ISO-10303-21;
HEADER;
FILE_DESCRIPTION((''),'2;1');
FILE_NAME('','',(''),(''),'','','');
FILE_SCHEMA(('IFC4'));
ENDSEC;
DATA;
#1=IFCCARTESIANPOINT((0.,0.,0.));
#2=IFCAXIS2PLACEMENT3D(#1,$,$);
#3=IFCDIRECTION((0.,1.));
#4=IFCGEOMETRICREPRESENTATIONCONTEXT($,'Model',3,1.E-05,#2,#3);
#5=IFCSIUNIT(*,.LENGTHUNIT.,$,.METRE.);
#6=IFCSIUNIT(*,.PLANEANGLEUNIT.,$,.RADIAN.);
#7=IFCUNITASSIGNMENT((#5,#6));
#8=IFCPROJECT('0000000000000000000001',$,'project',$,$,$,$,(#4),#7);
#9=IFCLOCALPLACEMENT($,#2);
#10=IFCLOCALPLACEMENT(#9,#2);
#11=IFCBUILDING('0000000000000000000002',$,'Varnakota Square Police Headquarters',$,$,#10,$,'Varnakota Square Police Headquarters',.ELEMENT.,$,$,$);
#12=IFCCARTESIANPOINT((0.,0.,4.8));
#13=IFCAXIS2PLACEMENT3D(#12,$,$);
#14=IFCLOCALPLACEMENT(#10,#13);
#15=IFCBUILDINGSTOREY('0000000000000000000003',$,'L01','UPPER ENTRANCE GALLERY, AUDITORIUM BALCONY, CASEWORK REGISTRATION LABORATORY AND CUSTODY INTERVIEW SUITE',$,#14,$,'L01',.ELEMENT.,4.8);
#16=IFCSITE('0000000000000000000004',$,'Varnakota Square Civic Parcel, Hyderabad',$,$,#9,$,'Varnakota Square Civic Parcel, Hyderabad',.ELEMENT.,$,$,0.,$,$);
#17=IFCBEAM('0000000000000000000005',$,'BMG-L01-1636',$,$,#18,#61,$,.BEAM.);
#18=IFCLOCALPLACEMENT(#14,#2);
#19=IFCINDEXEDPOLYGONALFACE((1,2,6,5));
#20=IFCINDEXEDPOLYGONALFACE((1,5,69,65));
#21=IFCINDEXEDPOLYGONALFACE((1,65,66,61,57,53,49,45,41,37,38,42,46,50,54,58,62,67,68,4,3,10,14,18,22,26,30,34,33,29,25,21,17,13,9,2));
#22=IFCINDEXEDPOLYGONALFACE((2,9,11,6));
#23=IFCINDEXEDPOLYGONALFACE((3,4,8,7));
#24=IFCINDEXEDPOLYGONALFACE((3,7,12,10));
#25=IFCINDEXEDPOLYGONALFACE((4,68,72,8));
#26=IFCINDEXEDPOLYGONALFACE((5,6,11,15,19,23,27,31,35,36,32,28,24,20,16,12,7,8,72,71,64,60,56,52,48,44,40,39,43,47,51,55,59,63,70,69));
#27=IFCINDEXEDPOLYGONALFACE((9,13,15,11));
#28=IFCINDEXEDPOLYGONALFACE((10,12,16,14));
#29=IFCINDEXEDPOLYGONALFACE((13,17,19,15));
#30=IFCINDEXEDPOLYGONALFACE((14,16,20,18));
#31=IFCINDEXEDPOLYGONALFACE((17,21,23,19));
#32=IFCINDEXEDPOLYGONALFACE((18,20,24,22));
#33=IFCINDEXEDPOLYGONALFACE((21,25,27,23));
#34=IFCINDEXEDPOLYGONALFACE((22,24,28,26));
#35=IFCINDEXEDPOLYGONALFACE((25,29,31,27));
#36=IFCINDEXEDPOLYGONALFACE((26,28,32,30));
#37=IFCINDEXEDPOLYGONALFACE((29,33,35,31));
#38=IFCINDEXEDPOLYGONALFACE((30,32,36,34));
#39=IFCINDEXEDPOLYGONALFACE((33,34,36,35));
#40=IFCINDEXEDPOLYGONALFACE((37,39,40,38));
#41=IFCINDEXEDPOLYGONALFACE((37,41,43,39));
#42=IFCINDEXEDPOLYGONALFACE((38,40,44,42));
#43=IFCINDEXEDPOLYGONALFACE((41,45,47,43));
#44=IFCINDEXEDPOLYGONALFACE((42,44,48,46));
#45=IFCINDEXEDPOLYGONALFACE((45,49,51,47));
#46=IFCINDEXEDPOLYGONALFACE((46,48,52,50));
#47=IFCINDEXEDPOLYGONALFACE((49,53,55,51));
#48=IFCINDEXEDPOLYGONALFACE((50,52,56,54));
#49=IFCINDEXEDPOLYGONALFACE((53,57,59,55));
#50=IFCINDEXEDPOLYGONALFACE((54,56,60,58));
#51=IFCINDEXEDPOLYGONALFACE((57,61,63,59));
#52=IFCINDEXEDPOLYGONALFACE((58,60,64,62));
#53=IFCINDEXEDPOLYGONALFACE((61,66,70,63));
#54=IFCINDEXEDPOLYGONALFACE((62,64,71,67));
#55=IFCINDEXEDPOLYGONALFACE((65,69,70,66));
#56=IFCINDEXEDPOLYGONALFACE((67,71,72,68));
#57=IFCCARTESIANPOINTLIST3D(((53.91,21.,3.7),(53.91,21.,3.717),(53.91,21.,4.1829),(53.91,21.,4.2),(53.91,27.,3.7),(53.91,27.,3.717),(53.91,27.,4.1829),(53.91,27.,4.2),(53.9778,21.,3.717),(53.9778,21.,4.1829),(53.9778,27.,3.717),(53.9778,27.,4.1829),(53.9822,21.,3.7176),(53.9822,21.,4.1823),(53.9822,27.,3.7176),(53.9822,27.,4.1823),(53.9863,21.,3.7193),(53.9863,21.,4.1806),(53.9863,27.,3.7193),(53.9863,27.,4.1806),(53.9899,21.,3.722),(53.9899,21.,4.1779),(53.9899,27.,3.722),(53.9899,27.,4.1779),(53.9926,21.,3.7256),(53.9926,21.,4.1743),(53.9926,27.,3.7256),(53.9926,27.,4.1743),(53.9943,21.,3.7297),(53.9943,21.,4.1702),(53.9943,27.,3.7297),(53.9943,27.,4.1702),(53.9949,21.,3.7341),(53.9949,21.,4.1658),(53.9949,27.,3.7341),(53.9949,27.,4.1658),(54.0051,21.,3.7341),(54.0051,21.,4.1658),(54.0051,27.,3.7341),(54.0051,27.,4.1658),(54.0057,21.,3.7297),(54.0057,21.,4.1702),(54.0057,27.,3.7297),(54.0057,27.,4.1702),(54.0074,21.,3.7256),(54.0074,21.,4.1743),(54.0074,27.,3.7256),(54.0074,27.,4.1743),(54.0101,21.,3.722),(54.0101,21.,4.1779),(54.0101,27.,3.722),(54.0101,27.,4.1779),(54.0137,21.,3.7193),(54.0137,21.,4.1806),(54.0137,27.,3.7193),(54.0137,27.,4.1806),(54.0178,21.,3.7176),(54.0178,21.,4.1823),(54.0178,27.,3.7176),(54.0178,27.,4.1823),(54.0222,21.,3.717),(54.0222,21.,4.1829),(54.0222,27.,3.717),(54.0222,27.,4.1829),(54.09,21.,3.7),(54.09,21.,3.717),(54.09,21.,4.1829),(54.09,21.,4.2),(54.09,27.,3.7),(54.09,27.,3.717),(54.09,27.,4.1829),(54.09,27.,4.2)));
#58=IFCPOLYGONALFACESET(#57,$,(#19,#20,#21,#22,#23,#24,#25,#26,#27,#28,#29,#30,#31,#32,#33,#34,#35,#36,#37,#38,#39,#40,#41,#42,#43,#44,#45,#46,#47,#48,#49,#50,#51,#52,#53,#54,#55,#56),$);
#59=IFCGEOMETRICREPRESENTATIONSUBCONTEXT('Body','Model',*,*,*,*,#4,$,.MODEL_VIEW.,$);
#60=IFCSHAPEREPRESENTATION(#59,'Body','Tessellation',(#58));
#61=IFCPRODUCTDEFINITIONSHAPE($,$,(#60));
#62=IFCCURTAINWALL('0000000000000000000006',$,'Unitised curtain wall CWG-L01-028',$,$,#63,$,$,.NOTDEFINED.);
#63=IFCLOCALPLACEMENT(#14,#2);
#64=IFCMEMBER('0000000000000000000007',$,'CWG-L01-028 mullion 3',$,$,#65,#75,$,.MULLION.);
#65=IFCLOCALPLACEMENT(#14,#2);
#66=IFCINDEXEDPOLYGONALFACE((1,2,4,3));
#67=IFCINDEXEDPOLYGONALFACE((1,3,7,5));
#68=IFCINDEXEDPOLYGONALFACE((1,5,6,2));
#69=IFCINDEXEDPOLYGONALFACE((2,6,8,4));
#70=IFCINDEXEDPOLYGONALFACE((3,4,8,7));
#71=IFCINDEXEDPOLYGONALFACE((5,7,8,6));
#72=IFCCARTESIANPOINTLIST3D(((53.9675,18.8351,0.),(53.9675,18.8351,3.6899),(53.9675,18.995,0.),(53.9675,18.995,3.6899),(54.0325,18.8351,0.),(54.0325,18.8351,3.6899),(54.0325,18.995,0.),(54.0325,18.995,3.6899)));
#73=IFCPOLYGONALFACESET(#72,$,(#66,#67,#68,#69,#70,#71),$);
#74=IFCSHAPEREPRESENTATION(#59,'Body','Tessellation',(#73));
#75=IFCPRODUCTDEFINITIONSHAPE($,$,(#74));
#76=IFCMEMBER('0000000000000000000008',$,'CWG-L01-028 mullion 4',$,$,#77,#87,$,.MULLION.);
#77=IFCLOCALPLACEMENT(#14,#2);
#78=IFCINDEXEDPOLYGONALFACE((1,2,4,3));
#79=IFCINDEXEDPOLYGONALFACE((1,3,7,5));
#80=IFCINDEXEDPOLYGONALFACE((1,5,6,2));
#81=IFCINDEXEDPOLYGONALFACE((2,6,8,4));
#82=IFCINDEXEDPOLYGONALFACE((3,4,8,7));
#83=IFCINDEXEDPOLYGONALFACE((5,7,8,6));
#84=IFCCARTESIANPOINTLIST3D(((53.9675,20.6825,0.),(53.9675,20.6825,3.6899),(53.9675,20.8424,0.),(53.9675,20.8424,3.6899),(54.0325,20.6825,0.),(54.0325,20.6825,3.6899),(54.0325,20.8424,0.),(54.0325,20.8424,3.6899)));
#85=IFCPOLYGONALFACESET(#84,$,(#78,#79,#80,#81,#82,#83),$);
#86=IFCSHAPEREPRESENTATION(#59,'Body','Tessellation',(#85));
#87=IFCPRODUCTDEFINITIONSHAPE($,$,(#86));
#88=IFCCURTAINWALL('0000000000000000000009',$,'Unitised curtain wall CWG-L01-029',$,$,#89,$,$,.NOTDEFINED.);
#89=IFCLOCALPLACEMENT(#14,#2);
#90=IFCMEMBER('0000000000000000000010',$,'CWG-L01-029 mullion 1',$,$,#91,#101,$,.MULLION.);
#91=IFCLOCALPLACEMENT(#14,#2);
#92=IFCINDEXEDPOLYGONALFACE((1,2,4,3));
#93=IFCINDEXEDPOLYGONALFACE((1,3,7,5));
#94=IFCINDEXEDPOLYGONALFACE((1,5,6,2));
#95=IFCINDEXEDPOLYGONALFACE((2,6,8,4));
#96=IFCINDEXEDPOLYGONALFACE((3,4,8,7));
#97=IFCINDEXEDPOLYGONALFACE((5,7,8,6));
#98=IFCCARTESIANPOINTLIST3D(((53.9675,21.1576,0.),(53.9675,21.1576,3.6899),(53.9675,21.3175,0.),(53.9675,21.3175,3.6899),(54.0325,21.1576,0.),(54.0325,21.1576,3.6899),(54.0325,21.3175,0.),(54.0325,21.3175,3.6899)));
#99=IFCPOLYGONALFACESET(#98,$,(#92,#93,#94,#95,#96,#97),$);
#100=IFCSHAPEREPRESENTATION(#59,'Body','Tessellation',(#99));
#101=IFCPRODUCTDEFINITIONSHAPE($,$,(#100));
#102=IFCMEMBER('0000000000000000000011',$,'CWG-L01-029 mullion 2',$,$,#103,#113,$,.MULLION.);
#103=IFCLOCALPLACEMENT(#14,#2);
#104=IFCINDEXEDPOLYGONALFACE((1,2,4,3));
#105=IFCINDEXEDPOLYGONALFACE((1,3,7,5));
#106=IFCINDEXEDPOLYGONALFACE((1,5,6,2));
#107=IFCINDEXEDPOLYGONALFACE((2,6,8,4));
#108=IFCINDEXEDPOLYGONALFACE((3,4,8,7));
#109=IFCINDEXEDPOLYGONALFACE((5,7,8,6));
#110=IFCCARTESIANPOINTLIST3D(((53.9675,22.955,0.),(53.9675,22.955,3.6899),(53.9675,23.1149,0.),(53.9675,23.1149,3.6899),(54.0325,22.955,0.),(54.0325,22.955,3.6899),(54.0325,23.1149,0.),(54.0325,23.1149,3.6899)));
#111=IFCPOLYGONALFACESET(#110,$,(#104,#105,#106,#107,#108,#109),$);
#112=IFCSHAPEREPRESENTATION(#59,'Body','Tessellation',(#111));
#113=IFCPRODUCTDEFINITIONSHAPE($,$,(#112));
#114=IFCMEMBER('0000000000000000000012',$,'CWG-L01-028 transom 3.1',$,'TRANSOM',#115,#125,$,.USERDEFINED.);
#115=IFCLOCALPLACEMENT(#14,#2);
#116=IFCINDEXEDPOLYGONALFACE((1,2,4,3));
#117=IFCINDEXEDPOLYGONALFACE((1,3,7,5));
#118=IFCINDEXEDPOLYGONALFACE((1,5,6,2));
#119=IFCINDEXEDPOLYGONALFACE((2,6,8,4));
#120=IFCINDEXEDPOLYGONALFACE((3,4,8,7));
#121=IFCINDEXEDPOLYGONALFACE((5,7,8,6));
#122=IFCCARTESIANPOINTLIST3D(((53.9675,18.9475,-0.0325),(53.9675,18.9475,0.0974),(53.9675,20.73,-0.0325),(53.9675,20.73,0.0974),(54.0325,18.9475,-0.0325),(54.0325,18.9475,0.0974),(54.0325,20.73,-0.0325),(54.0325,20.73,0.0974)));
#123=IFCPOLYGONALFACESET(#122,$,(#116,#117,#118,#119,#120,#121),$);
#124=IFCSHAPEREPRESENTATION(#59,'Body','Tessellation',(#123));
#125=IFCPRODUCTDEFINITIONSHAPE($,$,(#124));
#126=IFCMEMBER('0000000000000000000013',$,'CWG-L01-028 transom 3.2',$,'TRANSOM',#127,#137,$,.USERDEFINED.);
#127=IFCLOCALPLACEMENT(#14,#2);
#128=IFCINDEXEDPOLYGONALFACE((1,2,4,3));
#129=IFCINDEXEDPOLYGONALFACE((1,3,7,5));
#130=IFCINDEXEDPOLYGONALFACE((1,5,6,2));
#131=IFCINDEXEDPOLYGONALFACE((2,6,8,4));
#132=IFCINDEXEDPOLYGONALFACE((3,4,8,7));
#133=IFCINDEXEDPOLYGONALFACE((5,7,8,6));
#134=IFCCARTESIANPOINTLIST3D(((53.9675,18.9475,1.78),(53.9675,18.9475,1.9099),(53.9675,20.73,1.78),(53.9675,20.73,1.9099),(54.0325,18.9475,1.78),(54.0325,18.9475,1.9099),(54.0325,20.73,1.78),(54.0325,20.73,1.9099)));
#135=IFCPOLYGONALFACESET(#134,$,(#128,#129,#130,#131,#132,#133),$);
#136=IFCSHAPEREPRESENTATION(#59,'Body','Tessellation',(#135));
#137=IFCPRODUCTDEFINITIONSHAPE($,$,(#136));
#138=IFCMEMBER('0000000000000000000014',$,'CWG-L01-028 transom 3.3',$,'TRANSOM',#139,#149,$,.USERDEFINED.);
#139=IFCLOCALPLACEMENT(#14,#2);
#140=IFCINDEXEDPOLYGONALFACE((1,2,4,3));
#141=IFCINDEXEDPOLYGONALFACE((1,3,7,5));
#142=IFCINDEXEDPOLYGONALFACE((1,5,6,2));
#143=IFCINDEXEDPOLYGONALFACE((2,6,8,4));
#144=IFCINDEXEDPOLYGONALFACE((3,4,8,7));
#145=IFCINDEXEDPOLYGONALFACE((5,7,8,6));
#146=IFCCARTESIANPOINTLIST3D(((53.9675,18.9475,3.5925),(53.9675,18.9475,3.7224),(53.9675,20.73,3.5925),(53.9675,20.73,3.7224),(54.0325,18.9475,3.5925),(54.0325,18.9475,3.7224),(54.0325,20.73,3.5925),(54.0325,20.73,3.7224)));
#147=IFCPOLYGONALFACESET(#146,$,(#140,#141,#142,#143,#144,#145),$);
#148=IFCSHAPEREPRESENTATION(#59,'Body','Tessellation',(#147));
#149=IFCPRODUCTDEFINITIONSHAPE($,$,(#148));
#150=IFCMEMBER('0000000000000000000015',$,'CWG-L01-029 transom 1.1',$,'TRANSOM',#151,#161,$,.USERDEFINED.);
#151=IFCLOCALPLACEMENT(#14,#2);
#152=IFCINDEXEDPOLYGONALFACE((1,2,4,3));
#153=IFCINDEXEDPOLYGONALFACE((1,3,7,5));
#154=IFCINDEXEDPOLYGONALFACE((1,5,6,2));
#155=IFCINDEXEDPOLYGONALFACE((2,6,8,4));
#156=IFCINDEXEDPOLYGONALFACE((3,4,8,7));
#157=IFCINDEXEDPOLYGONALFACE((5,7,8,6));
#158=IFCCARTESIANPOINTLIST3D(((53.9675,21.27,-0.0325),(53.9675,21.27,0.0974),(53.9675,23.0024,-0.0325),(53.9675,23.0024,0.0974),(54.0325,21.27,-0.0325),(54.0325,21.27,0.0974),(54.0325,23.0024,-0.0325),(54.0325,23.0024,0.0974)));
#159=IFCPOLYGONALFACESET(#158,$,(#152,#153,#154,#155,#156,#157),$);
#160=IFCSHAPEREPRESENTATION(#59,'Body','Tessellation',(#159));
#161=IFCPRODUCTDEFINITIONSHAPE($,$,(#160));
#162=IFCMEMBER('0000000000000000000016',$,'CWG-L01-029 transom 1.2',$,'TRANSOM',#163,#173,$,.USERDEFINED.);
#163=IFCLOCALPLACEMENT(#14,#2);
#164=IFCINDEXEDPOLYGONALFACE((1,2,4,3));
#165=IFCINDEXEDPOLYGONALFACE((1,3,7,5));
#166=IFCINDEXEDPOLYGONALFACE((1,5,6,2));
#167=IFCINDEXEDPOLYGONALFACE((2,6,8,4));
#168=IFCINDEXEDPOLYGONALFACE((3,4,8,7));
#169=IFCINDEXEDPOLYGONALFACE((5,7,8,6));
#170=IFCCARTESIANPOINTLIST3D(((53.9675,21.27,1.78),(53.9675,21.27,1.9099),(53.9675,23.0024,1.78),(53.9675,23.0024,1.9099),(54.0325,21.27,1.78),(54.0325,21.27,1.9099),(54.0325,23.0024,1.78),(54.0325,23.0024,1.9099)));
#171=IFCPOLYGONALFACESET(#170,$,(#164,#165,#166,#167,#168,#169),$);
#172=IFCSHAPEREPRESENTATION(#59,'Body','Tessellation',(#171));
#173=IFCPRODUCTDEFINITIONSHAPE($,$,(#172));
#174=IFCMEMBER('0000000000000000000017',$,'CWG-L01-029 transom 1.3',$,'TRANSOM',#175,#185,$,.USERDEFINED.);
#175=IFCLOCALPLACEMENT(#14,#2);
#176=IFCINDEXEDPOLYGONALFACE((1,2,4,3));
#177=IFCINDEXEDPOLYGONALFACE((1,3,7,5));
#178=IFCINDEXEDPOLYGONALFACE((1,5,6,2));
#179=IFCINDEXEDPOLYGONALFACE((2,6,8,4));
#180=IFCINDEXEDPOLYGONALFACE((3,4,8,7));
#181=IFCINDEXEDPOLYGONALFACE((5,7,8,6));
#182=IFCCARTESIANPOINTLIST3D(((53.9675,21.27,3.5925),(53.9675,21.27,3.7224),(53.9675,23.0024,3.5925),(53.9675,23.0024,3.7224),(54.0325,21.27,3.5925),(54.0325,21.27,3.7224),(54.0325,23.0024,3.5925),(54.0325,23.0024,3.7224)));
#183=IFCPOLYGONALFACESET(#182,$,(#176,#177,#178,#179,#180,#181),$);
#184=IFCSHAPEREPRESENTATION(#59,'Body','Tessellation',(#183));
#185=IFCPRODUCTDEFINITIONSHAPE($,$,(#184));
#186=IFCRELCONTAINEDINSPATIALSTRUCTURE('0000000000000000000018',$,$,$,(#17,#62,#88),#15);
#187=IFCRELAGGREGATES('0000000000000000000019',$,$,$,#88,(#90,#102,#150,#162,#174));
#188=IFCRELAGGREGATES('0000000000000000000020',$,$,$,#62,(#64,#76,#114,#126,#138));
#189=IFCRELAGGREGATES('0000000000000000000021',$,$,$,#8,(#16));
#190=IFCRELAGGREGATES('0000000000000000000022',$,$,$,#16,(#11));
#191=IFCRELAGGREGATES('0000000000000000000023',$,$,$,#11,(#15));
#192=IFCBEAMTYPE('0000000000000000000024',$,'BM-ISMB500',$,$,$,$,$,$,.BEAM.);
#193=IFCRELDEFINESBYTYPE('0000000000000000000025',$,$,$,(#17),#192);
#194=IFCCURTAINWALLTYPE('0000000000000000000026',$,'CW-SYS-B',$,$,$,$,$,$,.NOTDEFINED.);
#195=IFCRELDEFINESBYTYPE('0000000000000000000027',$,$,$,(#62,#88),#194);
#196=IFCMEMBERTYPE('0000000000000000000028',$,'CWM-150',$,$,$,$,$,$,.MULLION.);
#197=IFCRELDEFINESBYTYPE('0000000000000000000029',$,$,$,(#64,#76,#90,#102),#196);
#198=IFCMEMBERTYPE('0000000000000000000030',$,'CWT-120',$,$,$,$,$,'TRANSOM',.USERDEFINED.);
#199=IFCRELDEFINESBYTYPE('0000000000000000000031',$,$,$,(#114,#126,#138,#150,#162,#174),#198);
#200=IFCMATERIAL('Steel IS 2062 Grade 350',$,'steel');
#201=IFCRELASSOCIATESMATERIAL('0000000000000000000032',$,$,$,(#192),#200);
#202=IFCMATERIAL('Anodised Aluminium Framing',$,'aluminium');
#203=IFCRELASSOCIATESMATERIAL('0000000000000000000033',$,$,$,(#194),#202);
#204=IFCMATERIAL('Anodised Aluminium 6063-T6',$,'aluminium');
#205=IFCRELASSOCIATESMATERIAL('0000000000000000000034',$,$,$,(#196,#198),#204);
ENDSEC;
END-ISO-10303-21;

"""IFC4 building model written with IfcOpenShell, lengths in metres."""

from ifc_helpers import new_model, si_unit, direction, frame, origin, origin_2d, place, context, subcontext, project, spatial, rectangle, i_section, extrude, material, material_profile, profile_set, type_object, element, aggregate, save


model = new_model("IFC4")

# Units and contexts
model_context = context("Model", 3, precision=1e-05, world=origin(), true_north=direction((0.0, 1.0)))
body_context = subcontext(model_context, "Body", "Model", "MODEL_VIEW")
ifc_project = project(units=[si_unit("LENGTHUNIT", "METRE"), si_unit("PLANEANGLEUNIT", "RADIAN")], contexts=[model_context])

# Site, building, storey
site_placement = place(None, origin())
site = spatial("IfcSite", under=ifc_project, at=site_placement, Name="Varnakota Square Civic Parcel, Hyderabad", LongName="Varnakota Square Civic Parcel, Hyderabad", CompositionType="ELEMENT", RefElevation=0.0)
building_placement = place(site_placement, origin())
building = spatial("IfcBuilding", under=site, at=building_placement, Name="Varnakota Square Police Headquarters", LongName="Varnakota Square Police Headquarters", CompositionType="ELEMENT")
storey_placement = place(building_placement, frame((0.0, 0.0, 4.8)))
storey = spatial("IfcBuildingStorey", under=building, at=storey_placement, Name="L01", Description="UPPER ENTRANCE GALLERY, AUDITORIUM BALCONY, CASEWORK REGISTRATION LABORATORY AND CUSTODY INTERVIEW SUITE", LongName="L01", CompositionType="ELEMENT", Elevation=4.8)

# Shared definitions
ifc_material_1 = material(Name="Steel IS 2062 Grade 350", Category="steel")

# Beam
ifc_material_profile_1 = material_profile(ifc_material_1, i_section(OverallWidth=0.1799, OverallDepth=0.5, WebThickness=0.0103, FlangeThickness=0.0171, FilletRadius=0.0171, at=origin_2d()), Name="ISMB 500")
ifc_profile_set_1 = profile_set([ifc_material_profile_1], Name="Steel IS 2062 Grade 350")
beam_type_1 = type_object("IfcBeamType", Name="BM-ISMB500", PredefinedType="BEAM", material=ifc_profile_set_1)
beam_1_placement = place(storey_placement, frame((54.0, 21.0, 3.95), z_axis=(0.0, 1.0, 0.0), x_axis=(-1.0, 0.0, 0.0)))
element("IfcBeam", 1, at=beam_1_placement, inside=storey, type_object=beam_type_1, Name="BMG-L01-1636", PredefinedType="BEAM", context=body_context, shape_type="SweptSolid", body=[
    extrude(i_section(OverallWidth=0.1799, OverallDepth=0.5, WebThickness=0.0103, FlangeThickness=0.0171, FilletRadius=0.0171, at=origin_2d()), origin(), (0.0, 0.0, 1.0), 6.0),
])

# Curtain walls, members
ifc_material_2 = material(Name="Anodised Aluminium Framing", Category="aluminium")
curtain_wall_type = type_object("IfcCurtainWallType", Name="CW-SYS-B", PredefinedType="NOTDEFINED", material=ifc_material_2)
curtain_wall_1_placement = place(storey_placement, origin())
curtain_wall_1 = element("IfcCurtainWall", 2, at=curtain_wall_1_placement, inside=storey, type_object=curtain_wall_type, Name="Unitised curtain wall CWG-L01-028", PredefinedType="NOTDEFINED")
ifc_material_3 = material(Name="Anodised Aluminium 6063-T6", Category="aluminium")
ifc_material_profile_2 = material_profile(ifc_material_3, rectangle(XDim=0.0649, YDim=0.1599, at=origin_2d()), Name="ALU MULLION 65x160")
ifc_profile_set_2 = profile_set([ifc_material_profile_2], Name="Anodised Aluminium 6063-T6")
member_type_1 = type_object("IfcMemberType", Name="CWM-150", PredefinedType="MULLION", material=ifc_profile_set_2)
member_1_placement = place(storey_placement, frame((54.0, 18.915, 0.0), z_axis=(0.0, 0.0, 1.0), x_axis=(-1.0, 0.0, 0.0)))
member_1 = element("IfcMember", 3, at=member_1_placement, type_object=member_type_1, Name="CWG-L01-028 mullion 3", PredefinedType="MULLION", context=body_context, shape_type="SweptSolid", body=[
    extrude(rectangle(XDim=0.0649, YDim=0.1599, at=origin_2d()), origin(), (0.0, 0.0, 1.0), 3.6899),
])
member_2_placement = place(storey_placement, frame((54.0, 20.7625, 0.0), z_axis=(0.0, 0.0, 1.0), x_axis=(-1.0, 0.0, 0.0)))
member_2 = element("IfcMember", 4, at=member_2_placement, type_object=member_type_1, Name="CWG-L01-028 mullion 4", PredefinedType="MULLION", context=body_context, shape_type="SweptSolid", body=[
    extrude(rectangle(XDim=0.0649, YDim=0.1599, at=origin_2d()), origin(), (0.0, 0.0, 1.0), 3.6899),
])
curtain_wall_2_placement = place(storey_placement, origin())
curtain_wall_2 = element("IfcCurtainWall", 5, at=curtain_wall_2_placement, inside=storey, type_object=curtain_wall_type, Name="Unitised curtain wall CWG-L01-029", PredefinedType="NOTDEFINED")
member_3_placement = place(storey_placement, frame((54.0, 21.2375, 0.0), z_axis=(0.0, 0.0, 1.0), x_axis=(-1.0, 0.0, 0.0)))
member_3 = element("IfcMember", 6, at=member_3_placement, type_object=member_type_1, Name="CWG-L01-029 mullion 1", PredefinedType="MULLION", context=body_context, shape_type="SweptSolid", body=[
    extrude(rectangle(XDim=0.0649, YDim=0.1599, at=origin_2d()), origin(), (0.0, 0.0, 1.0), 3.6899),
])
member_4_placement = place(storey_placement, frame((54.0, 23.0349, 0.0), z_axis=(0.0, 0.0, 1.0), x_axis=(-1.0, 0.0, 0.0)))
member_4 = element("IfcMember", 7, at=member_4_placement, type_object=member_type_1, Name="CWG-L01-029 mullion 2", PredefinedType="MULLION", context=body_context, shape_type="SweptSolid", body=[
    extrude(rectangle(XDim=0.0649, YDim=0.1599, at=origin_2d()), origin(), (0.0, 0.0, 1.0), 3.6899),
])

# Members
ifc_material_profile_3 = material_profile(ifc_material_3, rectangle(XDim=0.0649, YDim=0.1299, at=origin_2d()), Name="ALU TRANSOM 65x130")
ifc_profile_set_3 = profile_set([ifc_material_profile_3], Name="Anodised Aluminium 6063-T6")
member_type_2 = type_object("IfcMemberType", Name="CWT-120", ElementType="TRANSOM", PredefinedType="USERDEFINED", material=ifc_profile_set_3)
member_5_placement = place(storey_placement, frame((54.0, 18.9475, 0.0325), z_axis=(0.0, 1.0, 0.0), x_axis=(-1.0, 0.0, 0.0)))
member_5 = element("IfcMember", 8, at=member_5_placement, type_object=member_type_2, Name="CWG-L01-028 transom 3.1", ObjectType="TRANSOM", PredefinedType="USERDEFINED", context=body_context, shape_type="SweptSolid", body=[
    extrude(rectangle(XDim=0.0649, YDim=0.1299, at=origin_2d()), origin(), (0.0, 0.0, 1.0), 1.7825),
])
member_6_placement = place(storey_placement, frame((54.0, 18.9475, 1.845), z_axis=(0.0, 1.0, 0.0), x_axis=(-1.0, 0.0, 0.0)))
member_6 = element("IfcMember", 9, at=member_6_placement, type_object=member_type_2, Name="CWG-L01-028 transom 3.2", ObjectType="TRANSOM", PredefinedType="USERDEFINED", context=body_context, shape_type="SweptSolid", body=[
    extrude(rectangle(XDim=0.0649, YDim=0.1299, at=origin_2d()), origin(), (0.0, 0.0, 1.0), 1.7825),
])
member_7_placement = place(storey_placement, frame((54.0, 18.9475, 3.6575), z_axis=(0.0, 1.0, 0.0), x_axis=(-1.0, 0.0, 0.0)))
member_7 = element("IfcMember", 10, at=member_7_placement, type_object=member_type_2, Name="CWG-L01-028 transom 3.3", ObjectType="TRANSOM", PredefinedType="USERDEFINED", context=body_context, shape_type="SweptSolid", body=[
    extrude(rectangle(XDim=0.0649, YDim=0.1299, at=origin_2d()), origin(), (0.0, 0.0, 1.0), 1.7825),
])
member_8_placement = place(storey_placement, frame((54.0, 21.27, 0.0325), z_axis=(0.0, 1.0, 0.0), x_axis=(-1.0, 0.0, 0.0)))
member_8 = element("IfcMember", 11, at=member_8_placement, type_object=member_type_2, Name="CWG-L01-029 transom 1.1", ObjectType="TRANSOM", PredefinedType="USERDEFINED", context=body_context, shape_type="SweptSolid", body=[
    extrude(rectangle(XDim=0.0649, YDim=0.1299, at=origin_2d()), origin(), (0.0, 0.0, 1.0), 1.7324),
])
member_9_placement = place(storey_placement, frame((54.0, 21.27, 1.845), z_axis=(0.0, 1.0, 0.0), x_axis=(-1.0, 0.0, 0.0)))
member_9 = element("IfcMember", 12, at=member_9_placement, type_object=member_type_2, Name="CWG-L01-029 transom 1.2", ObjectType="TRANSOM", PredefinedType="USERDEFINED", context=body_context, shape_type="SweptSolid", body=[
    extrude(rectangle(XDim=0.0649, YDim=0.1299, at=origin_2d()), origin(), (0.0, 0.0, 1.0), 1.7324),
])
member_10_placement = place(storey_placement, frame((54.0, 21.27, 3.6575), z_axis=(0.0, 1.0, 0.0), x_axis=(-1.0, 0.0, 0.0)))
member_10 = element("IfcMember", 13, at=member_10_placement, type_object=member_type_2, Name="CWG-L01-029 transom 1.3", ObjectType="TRANSOM", PredefinedType="USERDEFINED", context=body_context, shape_type="SweptSolid", body=[
    extrude(rectangle(XDim=0.0649, YDim=0.1299, at=origin_2d()), origin(), (0.0, 0.0, 1.0), 1.7324),
])

aggregate(curtain_wall_2, [member_3, member_4, member_8, member_9, member_10])
aggregate(curtain_wall_1, [member_1, member_2, member_5, member_6, member_7])

save(model, "model.ifc")
